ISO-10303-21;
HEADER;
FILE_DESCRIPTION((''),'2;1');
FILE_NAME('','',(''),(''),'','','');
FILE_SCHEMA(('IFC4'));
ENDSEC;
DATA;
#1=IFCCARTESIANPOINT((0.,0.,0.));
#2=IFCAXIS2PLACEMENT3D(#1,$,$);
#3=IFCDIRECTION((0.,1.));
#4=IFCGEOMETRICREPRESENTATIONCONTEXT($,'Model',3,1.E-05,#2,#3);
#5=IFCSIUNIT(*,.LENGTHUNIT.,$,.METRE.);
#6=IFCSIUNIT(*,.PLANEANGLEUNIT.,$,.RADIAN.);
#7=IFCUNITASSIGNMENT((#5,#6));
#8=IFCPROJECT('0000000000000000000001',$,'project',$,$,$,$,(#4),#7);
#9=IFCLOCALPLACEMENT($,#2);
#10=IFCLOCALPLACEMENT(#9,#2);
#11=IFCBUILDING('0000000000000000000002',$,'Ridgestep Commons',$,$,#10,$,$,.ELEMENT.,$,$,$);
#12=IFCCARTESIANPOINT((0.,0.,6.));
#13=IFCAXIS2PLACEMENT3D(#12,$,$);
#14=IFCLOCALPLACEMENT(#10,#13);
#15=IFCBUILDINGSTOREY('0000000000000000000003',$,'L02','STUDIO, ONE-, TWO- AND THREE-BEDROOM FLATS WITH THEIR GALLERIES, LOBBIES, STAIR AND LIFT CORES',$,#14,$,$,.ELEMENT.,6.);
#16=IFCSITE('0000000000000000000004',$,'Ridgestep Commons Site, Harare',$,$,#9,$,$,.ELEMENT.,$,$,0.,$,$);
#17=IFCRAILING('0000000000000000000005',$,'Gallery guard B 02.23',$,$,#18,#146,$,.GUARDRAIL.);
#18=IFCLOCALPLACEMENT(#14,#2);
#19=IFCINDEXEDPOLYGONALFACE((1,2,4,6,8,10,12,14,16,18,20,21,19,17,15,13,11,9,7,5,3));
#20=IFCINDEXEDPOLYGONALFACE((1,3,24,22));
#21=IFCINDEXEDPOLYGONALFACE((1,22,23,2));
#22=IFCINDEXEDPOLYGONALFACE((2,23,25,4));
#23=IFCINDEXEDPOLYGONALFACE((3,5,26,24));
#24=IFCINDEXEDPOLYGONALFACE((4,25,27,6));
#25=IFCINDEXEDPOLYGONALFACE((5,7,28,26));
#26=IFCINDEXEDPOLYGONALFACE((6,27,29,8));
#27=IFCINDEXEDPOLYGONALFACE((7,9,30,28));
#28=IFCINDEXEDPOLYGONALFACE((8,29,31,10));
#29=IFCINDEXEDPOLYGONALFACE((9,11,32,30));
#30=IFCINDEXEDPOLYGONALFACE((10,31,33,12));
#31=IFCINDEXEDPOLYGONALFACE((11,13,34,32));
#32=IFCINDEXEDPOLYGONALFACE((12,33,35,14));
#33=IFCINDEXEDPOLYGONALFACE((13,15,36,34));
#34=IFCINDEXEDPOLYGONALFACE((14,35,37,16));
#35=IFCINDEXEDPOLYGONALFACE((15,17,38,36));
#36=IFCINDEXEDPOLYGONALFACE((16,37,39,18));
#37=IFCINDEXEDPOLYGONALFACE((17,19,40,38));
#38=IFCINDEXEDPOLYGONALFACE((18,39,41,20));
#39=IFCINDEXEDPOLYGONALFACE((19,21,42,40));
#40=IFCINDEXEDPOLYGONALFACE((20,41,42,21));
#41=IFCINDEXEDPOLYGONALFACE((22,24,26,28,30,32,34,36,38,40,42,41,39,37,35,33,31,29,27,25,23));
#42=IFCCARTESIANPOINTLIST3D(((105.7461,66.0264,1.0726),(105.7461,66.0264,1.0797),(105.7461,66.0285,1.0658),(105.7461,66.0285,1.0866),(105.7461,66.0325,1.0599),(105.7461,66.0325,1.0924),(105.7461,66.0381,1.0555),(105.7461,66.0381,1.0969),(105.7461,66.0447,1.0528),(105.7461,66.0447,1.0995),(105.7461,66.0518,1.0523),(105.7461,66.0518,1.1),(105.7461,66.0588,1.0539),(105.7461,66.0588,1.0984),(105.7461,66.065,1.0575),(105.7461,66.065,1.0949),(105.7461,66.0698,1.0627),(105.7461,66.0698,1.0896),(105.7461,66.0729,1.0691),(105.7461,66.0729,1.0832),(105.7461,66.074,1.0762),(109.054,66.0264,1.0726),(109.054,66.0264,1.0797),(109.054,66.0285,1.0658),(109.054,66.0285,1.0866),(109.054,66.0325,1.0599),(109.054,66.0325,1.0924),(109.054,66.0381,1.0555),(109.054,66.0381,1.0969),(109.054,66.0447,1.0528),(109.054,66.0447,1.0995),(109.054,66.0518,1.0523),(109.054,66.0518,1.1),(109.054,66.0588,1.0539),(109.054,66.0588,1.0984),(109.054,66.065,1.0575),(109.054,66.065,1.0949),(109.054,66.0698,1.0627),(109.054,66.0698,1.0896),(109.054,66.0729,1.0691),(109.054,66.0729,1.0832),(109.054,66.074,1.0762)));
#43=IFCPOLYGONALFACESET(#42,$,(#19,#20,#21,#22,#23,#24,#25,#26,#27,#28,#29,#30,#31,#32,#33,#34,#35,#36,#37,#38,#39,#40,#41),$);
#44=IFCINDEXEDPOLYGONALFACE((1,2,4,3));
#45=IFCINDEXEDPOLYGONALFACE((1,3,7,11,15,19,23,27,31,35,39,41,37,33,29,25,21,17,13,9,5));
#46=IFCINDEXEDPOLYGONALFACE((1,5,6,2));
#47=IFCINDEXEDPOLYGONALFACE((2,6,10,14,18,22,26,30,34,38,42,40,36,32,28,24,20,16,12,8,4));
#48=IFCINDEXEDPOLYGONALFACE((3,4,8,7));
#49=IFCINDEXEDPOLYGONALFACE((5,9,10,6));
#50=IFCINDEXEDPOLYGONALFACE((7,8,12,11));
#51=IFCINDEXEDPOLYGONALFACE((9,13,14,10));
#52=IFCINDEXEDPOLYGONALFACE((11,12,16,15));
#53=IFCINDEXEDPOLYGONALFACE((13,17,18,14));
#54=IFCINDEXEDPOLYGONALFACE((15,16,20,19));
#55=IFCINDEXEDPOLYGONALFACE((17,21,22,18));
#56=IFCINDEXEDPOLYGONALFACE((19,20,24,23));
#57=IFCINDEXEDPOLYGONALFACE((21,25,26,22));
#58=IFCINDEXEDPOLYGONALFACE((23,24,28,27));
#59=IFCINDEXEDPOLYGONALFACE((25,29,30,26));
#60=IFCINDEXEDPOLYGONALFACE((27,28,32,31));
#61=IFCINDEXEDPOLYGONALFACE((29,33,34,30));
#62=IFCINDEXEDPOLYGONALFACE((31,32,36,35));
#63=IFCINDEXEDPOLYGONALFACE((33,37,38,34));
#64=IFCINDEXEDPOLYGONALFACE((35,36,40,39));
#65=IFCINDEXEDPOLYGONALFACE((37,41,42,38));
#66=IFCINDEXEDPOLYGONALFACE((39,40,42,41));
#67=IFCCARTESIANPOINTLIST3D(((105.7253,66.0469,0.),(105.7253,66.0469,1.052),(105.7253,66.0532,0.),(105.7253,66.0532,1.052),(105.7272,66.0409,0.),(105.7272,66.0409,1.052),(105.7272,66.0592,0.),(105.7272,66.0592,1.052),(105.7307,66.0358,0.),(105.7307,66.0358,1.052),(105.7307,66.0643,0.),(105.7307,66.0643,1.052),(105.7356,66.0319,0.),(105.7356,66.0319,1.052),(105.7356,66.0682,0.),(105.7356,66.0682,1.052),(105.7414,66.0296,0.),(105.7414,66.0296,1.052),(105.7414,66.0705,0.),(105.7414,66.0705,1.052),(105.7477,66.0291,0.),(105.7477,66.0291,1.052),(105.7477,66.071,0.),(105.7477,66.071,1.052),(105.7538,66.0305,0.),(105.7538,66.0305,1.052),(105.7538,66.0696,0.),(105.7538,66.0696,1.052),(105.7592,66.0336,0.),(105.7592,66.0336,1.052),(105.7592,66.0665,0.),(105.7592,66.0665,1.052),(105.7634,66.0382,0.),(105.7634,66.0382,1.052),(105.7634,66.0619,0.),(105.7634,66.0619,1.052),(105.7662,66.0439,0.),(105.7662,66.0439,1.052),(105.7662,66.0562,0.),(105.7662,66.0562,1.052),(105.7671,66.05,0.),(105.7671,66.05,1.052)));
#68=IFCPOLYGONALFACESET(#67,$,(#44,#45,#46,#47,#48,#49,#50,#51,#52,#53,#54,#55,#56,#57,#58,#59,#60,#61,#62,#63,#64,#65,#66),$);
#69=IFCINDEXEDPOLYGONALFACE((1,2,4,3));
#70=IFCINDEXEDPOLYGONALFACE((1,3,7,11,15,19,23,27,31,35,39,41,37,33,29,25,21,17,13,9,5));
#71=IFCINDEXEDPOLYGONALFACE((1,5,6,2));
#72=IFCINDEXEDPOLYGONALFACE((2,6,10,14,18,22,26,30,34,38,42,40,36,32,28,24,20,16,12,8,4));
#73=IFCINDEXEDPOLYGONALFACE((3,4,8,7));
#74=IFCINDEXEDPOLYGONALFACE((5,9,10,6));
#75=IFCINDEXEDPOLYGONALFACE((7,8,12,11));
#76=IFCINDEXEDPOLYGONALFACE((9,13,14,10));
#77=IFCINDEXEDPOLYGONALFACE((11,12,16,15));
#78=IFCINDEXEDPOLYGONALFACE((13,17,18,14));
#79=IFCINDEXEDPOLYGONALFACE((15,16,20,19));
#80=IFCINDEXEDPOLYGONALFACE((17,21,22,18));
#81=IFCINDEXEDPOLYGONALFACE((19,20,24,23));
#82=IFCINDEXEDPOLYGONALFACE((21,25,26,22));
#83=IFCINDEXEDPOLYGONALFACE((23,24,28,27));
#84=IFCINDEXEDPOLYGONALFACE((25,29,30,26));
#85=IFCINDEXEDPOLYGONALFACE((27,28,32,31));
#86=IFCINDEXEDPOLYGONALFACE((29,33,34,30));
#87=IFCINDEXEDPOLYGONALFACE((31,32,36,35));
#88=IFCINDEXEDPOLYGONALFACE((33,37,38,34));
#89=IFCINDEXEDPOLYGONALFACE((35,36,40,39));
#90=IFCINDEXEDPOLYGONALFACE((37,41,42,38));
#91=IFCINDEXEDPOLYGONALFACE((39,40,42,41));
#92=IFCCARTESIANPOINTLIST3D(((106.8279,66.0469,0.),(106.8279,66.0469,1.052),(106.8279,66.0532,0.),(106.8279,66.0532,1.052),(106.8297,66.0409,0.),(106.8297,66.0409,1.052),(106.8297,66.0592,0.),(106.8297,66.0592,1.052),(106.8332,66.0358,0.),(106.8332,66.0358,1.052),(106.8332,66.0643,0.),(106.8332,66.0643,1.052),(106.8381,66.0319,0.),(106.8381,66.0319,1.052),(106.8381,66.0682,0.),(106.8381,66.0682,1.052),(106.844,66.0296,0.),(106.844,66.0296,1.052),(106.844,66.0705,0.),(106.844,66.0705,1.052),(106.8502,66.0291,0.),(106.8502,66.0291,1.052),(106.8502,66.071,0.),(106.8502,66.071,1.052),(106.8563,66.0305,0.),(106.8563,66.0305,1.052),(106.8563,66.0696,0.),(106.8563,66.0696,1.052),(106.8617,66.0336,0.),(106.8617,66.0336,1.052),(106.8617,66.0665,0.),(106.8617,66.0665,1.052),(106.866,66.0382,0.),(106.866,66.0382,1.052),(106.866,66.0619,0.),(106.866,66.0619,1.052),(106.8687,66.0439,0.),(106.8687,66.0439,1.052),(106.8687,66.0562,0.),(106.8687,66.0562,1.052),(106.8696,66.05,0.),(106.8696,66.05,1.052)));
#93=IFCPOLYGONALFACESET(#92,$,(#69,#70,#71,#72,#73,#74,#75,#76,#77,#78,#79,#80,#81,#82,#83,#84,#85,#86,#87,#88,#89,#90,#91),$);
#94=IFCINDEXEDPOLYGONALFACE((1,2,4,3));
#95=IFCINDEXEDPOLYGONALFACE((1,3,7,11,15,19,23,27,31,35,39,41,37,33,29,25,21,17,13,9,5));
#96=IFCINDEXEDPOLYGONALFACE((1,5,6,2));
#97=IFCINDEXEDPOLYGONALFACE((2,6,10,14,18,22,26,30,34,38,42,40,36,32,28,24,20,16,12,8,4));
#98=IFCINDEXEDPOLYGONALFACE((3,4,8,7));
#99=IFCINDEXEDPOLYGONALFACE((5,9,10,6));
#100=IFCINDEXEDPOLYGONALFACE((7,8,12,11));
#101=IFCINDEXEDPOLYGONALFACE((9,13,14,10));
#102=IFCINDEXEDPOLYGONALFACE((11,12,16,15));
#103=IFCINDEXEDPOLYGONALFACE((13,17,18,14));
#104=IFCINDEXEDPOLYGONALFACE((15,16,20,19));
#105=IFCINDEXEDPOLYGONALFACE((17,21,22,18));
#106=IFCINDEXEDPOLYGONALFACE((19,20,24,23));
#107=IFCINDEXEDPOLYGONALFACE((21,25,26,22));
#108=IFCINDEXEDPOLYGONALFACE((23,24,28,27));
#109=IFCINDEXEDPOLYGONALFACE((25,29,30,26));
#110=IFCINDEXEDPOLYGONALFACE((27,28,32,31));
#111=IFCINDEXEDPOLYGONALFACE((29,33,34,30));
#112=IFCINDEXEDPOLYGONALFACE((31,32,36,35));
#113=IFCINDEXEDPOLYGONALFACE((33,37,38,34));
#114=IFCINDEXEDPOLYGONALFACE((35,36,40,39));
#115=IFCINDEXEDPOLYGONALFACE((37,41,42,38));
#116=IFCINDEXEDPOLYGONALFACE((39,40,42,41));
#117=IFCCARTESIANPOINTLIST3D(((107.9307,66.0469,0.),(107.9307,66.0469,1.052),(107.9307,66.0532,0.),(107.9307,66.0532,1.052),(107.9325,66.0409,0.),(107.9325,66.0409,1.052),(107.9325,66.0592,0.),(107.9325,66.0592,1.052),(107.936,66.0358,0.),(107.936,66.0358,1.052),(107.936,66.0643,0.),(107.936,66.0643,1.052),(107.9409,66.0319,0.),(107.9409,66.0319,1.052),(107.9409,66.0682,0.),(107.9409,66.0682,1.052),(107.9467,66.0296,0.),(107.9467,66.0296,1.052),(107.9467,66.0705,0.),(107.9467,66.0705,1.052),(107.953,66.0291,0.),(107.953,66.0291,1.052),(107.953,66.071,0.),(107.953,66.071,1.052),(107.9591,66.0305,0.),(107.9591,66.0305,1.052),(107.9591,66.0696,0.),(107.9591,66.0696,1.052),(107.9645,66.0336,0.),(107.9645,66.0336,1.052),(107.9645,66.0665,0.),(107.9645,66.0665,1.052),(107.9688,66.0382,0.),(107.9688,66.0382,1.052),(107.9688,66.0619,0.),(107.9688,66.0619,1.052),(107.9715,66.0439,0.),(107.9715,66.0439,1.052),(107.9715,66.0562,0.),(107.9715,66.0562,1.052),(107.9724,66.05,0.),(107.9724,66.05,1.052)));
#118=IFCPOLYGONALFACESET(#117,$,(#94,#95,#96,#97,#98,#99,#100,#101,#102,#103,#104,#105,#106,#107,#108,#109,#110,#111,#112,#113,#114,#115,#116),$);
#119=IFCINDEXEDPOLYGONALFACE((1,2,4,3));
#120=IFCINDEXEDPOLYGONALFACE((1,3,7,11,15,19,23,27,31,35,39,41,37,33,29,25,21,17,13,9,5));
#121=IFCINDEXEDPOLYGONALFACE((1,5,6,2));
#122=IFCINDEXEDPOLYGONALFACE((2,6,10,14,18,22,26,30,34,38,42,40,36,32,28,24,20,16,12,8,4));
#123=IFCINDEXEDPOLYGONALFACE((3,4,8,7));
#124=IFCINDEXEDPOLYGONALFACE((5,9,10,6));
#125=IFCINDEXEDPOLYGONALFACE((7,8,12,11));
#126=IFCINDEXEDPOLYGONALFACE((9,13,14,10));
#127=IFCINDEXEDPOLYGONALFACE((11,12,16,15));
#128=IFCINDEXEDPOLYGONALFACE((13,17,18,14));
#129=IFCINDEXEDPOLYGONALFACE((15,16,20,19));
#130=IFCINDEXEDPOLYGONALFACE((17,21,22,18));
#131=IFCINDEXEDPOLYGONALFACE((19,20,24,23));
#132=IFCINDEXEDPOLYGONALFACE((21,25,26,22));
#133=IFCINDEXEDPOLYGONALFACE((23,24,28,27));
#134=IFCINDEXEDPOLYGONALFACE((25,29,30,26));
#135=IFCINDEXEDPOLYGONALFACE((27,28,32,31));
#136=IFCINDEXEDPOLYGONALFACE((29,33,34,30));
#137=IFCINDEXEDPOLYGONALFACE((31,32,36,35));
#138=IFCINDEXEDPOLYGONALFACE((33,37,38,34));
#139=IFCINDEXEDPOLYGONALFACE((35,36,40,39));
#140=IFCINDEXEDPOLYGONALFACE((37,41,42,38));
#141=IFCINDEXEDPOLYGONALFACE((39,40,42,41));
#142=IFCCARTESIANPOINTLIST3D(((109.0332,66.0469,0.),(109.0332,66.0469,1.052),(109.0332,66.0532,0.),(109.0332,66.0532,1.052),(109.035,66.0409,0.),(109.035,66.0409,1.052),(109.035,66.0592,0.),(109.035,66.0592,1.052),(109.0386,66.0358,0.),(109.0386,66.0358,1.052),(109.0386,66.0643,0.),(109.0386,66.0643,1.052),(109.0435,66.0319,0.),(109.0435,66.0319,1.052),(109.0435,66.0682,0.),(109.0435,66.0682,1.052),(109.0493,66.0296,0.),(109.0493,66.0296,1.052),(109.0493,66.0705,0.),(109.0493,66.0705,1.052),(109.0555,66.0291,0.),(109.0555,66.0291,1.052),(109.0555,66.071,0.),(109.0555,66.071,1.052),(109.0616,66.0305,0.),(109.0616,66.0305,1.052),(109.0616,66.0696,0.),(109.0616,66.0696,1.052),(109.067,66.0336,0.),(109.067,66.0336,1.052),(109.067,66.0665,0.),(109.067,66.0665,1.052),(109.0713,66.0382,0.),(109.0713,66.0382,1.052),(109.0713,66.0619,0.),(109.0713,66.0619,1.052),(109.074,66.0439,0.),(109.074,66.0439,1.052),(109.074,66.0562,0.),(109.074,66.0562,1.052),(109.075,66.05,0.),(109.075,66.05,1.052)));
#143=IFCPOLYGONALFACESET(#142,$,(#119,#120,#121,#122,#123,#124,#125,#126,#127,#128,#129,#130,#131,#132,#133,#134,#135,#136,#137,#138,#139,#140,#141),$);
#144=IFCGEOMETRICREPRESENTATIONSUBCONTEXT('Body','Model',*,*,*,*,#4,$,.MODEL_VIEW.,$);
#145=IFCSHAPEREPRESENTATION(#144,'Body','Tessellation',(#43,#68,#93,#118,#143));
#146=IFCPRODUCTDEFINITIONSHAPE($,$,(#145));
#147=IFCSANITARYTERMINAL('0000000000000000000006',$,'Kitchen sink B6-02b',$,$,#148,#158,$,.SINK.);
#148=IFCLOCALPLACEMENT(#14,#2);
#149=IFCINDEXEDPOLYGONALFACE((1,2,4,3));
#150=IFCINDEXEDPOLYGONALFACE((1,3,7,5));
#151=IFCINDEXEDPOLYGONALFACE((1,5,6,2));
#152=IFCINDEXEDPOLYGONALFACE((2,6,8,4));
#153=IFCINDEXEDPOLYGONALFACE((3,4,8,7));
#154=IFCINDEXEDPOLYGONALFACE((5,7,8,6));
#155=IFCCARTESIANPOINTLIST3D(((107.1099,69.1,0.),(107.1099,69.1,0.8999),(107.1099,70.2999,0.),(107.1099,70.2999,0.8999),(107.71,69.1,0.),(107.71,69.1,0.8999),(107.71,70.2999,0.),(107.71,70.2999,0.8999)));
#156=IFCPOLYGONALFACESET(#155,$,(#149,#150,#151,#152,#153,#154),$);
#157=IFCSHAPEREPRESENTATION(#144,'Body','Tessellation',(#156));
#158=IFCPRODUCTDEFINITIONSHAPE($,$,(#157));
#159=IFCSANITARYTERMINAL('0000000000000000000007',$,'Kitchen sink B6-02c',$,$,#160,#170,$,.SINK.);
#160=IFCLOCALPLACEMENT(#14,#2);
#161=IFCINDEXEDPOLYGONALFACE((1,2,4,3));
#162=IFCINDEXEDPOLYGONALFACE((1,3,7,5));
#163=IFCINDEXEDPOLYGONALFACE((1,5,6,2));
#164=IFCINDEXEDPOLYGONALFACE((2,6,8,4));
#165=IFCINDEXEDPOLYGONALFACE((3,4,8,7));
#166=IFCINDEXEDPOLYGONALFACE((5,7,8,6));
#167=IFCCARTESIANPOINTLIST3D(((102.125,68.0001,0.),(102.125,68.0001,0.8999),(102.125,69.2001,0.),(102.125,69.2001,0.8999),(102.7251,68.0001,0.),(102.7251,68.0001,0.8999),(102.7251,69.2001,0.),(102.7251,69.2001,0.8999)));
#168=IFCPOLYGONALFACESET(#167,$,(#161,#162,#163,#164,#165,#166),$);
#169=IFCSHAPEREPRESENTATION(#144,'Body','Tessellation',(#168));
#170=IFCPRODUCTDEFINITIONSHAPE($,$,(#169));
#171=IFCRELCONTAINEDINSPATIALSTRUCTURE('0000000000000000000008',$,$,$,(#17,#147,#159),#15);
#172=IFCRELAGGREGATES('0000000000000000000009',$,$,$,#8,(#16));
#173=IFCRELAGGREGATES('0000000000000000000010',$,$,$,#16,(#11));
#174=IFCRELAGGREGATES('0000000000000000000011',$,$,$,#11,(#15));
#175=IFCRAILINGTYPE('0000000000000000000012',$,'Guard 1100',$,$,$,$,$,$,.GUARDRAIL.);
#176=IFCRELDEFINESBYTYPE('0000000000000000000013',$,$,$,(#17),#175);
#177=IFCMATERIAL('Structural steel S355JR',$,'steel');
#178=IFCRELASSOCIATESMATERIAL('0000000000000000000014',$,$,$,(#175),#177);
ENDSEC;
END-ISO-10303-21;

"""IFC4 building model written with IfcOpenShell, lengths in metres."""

from ifc_helpers import new_model, si_unit, direction, frame, origin, origin_2d, place, context, subcontext, project, spatial, rectangle, circle, extrude, material, type_object, element, save


model = new_model("IFC4")

# Units and contexts
model_context = context("Model", 3, precision=1e-05, world=origin(), true_north=direction((0.0, 1.0)))
body_context = subcontext(model_context, "Body", "Model", "MODEL_VIEW")
ifc_project = project(units=[si_unit("LENGTHUNIT", "METRE"), si_unit("PLANEANGLEUNIT", "RADIAN")], contexts=[model_context])

# Site, building, storey
site_placement = place(None, origin())
site = spatial("IfcSite", under=ifc_project, at=site_placement, Name="Ridgestep Commons Site, Harare", CompositionType="ELEMENT", RefElevation=0.0)
building_placement = place(site_placement, origin())
building = spatial("IfcBuilding", under=site, at=building_placement, Name="Ridgestep Commons", CompositionType="ELEMENT")
storey_placement = place(building_placement, frame((0.0, 0.0, 6.0)))
storey = spatial("IfcBuildingStorey", under=building, at=storey_placement, Name="L02", Description="STUDIO, ONE-, TWO- AND THREE-BEDROOM FLATS WITH THEIR GALLERIES, LOBBIES, STAIR AND LIFT CORES", CompositionType="ELEMENT", Elevation=6.0)

# Railing
ifc_material_1 = material(Name="Structural steel S355JR", Category="steel")
railing_type = type_object("IfcRailingType", Name="Guard 1100", PredefinedType="GUARDRAIL", material=ifc_material_1)
railing_1_placement = place(storey_placement, frame((105.7461, 66.05, 0.0)))
element("IfcRailing", 1, at=railing_1_placement, inside=storey, type_object=railing_type, Name="Gallery guard B 02.23", PredefinedType="GUARDRAIL", context=body_context, shape_type="SweptSolid", body=[
    extrude(circle(Radius=0.0239, at=origin_2d()), frame((0.0, 0.0, 1.0762), z_axis=(1.0, 0.0, 0.0), x_axis=(0.0, 1.0, 0.0)), (0.0, 0.0, 1.0), 3.3079),
    extrude(circle(Radius=0.021, at=origin_2d()), origin(), (0.0, 0.0, 1.0), 1.052),
    extrude(circle(Radius=0.021, at=origin_2d()), frame((1.1025, 0.0, 0.0)), (0.0, 0.0, 1.0), 1.052),
    extrude(circle(Radius=0.021, at=origin_2d()), frame((2.2053, 0.0, 0.0)), (0.0, 0.0, 1.0), 1.052),
    extrude(circle(Radius=0.021, at=origin_2d()), frame((3.3079, 0.0, 0.0)), (0.0, 0.0, 1.0), 1.052),
])

# Sanitary terminals
for number, where, z_axis, x_axis, name in (
    (2, (107.4099, 69.7, 0.0), (0.0, 0.0, 1.0), (1.0, 0.0, 0.0), "Kitchen sink B6-02b"),
    (3, (102.425, 68.6001, 0.0), (0.0, 0.0, 1.0), (1.0, 0.0, 0.0), "Kitchen sink B6-02c"),
):
    element("IfcSanitaryTerminal", number, at=place(storey_placement, frame(where, z_axis=z_axis, x_axis=x_axis)), inside=storey, Name=name, PredefinedType="SINK", context=body_context, shape_type="SweptSolid", body=[
        extrude(rectangle(XDim=0.6001, YDim=1.2, at=origin_2d()), origin(), (0.0, 0.0, 1.0), 0.8999),
    ])

save(model, "model.ifc")
